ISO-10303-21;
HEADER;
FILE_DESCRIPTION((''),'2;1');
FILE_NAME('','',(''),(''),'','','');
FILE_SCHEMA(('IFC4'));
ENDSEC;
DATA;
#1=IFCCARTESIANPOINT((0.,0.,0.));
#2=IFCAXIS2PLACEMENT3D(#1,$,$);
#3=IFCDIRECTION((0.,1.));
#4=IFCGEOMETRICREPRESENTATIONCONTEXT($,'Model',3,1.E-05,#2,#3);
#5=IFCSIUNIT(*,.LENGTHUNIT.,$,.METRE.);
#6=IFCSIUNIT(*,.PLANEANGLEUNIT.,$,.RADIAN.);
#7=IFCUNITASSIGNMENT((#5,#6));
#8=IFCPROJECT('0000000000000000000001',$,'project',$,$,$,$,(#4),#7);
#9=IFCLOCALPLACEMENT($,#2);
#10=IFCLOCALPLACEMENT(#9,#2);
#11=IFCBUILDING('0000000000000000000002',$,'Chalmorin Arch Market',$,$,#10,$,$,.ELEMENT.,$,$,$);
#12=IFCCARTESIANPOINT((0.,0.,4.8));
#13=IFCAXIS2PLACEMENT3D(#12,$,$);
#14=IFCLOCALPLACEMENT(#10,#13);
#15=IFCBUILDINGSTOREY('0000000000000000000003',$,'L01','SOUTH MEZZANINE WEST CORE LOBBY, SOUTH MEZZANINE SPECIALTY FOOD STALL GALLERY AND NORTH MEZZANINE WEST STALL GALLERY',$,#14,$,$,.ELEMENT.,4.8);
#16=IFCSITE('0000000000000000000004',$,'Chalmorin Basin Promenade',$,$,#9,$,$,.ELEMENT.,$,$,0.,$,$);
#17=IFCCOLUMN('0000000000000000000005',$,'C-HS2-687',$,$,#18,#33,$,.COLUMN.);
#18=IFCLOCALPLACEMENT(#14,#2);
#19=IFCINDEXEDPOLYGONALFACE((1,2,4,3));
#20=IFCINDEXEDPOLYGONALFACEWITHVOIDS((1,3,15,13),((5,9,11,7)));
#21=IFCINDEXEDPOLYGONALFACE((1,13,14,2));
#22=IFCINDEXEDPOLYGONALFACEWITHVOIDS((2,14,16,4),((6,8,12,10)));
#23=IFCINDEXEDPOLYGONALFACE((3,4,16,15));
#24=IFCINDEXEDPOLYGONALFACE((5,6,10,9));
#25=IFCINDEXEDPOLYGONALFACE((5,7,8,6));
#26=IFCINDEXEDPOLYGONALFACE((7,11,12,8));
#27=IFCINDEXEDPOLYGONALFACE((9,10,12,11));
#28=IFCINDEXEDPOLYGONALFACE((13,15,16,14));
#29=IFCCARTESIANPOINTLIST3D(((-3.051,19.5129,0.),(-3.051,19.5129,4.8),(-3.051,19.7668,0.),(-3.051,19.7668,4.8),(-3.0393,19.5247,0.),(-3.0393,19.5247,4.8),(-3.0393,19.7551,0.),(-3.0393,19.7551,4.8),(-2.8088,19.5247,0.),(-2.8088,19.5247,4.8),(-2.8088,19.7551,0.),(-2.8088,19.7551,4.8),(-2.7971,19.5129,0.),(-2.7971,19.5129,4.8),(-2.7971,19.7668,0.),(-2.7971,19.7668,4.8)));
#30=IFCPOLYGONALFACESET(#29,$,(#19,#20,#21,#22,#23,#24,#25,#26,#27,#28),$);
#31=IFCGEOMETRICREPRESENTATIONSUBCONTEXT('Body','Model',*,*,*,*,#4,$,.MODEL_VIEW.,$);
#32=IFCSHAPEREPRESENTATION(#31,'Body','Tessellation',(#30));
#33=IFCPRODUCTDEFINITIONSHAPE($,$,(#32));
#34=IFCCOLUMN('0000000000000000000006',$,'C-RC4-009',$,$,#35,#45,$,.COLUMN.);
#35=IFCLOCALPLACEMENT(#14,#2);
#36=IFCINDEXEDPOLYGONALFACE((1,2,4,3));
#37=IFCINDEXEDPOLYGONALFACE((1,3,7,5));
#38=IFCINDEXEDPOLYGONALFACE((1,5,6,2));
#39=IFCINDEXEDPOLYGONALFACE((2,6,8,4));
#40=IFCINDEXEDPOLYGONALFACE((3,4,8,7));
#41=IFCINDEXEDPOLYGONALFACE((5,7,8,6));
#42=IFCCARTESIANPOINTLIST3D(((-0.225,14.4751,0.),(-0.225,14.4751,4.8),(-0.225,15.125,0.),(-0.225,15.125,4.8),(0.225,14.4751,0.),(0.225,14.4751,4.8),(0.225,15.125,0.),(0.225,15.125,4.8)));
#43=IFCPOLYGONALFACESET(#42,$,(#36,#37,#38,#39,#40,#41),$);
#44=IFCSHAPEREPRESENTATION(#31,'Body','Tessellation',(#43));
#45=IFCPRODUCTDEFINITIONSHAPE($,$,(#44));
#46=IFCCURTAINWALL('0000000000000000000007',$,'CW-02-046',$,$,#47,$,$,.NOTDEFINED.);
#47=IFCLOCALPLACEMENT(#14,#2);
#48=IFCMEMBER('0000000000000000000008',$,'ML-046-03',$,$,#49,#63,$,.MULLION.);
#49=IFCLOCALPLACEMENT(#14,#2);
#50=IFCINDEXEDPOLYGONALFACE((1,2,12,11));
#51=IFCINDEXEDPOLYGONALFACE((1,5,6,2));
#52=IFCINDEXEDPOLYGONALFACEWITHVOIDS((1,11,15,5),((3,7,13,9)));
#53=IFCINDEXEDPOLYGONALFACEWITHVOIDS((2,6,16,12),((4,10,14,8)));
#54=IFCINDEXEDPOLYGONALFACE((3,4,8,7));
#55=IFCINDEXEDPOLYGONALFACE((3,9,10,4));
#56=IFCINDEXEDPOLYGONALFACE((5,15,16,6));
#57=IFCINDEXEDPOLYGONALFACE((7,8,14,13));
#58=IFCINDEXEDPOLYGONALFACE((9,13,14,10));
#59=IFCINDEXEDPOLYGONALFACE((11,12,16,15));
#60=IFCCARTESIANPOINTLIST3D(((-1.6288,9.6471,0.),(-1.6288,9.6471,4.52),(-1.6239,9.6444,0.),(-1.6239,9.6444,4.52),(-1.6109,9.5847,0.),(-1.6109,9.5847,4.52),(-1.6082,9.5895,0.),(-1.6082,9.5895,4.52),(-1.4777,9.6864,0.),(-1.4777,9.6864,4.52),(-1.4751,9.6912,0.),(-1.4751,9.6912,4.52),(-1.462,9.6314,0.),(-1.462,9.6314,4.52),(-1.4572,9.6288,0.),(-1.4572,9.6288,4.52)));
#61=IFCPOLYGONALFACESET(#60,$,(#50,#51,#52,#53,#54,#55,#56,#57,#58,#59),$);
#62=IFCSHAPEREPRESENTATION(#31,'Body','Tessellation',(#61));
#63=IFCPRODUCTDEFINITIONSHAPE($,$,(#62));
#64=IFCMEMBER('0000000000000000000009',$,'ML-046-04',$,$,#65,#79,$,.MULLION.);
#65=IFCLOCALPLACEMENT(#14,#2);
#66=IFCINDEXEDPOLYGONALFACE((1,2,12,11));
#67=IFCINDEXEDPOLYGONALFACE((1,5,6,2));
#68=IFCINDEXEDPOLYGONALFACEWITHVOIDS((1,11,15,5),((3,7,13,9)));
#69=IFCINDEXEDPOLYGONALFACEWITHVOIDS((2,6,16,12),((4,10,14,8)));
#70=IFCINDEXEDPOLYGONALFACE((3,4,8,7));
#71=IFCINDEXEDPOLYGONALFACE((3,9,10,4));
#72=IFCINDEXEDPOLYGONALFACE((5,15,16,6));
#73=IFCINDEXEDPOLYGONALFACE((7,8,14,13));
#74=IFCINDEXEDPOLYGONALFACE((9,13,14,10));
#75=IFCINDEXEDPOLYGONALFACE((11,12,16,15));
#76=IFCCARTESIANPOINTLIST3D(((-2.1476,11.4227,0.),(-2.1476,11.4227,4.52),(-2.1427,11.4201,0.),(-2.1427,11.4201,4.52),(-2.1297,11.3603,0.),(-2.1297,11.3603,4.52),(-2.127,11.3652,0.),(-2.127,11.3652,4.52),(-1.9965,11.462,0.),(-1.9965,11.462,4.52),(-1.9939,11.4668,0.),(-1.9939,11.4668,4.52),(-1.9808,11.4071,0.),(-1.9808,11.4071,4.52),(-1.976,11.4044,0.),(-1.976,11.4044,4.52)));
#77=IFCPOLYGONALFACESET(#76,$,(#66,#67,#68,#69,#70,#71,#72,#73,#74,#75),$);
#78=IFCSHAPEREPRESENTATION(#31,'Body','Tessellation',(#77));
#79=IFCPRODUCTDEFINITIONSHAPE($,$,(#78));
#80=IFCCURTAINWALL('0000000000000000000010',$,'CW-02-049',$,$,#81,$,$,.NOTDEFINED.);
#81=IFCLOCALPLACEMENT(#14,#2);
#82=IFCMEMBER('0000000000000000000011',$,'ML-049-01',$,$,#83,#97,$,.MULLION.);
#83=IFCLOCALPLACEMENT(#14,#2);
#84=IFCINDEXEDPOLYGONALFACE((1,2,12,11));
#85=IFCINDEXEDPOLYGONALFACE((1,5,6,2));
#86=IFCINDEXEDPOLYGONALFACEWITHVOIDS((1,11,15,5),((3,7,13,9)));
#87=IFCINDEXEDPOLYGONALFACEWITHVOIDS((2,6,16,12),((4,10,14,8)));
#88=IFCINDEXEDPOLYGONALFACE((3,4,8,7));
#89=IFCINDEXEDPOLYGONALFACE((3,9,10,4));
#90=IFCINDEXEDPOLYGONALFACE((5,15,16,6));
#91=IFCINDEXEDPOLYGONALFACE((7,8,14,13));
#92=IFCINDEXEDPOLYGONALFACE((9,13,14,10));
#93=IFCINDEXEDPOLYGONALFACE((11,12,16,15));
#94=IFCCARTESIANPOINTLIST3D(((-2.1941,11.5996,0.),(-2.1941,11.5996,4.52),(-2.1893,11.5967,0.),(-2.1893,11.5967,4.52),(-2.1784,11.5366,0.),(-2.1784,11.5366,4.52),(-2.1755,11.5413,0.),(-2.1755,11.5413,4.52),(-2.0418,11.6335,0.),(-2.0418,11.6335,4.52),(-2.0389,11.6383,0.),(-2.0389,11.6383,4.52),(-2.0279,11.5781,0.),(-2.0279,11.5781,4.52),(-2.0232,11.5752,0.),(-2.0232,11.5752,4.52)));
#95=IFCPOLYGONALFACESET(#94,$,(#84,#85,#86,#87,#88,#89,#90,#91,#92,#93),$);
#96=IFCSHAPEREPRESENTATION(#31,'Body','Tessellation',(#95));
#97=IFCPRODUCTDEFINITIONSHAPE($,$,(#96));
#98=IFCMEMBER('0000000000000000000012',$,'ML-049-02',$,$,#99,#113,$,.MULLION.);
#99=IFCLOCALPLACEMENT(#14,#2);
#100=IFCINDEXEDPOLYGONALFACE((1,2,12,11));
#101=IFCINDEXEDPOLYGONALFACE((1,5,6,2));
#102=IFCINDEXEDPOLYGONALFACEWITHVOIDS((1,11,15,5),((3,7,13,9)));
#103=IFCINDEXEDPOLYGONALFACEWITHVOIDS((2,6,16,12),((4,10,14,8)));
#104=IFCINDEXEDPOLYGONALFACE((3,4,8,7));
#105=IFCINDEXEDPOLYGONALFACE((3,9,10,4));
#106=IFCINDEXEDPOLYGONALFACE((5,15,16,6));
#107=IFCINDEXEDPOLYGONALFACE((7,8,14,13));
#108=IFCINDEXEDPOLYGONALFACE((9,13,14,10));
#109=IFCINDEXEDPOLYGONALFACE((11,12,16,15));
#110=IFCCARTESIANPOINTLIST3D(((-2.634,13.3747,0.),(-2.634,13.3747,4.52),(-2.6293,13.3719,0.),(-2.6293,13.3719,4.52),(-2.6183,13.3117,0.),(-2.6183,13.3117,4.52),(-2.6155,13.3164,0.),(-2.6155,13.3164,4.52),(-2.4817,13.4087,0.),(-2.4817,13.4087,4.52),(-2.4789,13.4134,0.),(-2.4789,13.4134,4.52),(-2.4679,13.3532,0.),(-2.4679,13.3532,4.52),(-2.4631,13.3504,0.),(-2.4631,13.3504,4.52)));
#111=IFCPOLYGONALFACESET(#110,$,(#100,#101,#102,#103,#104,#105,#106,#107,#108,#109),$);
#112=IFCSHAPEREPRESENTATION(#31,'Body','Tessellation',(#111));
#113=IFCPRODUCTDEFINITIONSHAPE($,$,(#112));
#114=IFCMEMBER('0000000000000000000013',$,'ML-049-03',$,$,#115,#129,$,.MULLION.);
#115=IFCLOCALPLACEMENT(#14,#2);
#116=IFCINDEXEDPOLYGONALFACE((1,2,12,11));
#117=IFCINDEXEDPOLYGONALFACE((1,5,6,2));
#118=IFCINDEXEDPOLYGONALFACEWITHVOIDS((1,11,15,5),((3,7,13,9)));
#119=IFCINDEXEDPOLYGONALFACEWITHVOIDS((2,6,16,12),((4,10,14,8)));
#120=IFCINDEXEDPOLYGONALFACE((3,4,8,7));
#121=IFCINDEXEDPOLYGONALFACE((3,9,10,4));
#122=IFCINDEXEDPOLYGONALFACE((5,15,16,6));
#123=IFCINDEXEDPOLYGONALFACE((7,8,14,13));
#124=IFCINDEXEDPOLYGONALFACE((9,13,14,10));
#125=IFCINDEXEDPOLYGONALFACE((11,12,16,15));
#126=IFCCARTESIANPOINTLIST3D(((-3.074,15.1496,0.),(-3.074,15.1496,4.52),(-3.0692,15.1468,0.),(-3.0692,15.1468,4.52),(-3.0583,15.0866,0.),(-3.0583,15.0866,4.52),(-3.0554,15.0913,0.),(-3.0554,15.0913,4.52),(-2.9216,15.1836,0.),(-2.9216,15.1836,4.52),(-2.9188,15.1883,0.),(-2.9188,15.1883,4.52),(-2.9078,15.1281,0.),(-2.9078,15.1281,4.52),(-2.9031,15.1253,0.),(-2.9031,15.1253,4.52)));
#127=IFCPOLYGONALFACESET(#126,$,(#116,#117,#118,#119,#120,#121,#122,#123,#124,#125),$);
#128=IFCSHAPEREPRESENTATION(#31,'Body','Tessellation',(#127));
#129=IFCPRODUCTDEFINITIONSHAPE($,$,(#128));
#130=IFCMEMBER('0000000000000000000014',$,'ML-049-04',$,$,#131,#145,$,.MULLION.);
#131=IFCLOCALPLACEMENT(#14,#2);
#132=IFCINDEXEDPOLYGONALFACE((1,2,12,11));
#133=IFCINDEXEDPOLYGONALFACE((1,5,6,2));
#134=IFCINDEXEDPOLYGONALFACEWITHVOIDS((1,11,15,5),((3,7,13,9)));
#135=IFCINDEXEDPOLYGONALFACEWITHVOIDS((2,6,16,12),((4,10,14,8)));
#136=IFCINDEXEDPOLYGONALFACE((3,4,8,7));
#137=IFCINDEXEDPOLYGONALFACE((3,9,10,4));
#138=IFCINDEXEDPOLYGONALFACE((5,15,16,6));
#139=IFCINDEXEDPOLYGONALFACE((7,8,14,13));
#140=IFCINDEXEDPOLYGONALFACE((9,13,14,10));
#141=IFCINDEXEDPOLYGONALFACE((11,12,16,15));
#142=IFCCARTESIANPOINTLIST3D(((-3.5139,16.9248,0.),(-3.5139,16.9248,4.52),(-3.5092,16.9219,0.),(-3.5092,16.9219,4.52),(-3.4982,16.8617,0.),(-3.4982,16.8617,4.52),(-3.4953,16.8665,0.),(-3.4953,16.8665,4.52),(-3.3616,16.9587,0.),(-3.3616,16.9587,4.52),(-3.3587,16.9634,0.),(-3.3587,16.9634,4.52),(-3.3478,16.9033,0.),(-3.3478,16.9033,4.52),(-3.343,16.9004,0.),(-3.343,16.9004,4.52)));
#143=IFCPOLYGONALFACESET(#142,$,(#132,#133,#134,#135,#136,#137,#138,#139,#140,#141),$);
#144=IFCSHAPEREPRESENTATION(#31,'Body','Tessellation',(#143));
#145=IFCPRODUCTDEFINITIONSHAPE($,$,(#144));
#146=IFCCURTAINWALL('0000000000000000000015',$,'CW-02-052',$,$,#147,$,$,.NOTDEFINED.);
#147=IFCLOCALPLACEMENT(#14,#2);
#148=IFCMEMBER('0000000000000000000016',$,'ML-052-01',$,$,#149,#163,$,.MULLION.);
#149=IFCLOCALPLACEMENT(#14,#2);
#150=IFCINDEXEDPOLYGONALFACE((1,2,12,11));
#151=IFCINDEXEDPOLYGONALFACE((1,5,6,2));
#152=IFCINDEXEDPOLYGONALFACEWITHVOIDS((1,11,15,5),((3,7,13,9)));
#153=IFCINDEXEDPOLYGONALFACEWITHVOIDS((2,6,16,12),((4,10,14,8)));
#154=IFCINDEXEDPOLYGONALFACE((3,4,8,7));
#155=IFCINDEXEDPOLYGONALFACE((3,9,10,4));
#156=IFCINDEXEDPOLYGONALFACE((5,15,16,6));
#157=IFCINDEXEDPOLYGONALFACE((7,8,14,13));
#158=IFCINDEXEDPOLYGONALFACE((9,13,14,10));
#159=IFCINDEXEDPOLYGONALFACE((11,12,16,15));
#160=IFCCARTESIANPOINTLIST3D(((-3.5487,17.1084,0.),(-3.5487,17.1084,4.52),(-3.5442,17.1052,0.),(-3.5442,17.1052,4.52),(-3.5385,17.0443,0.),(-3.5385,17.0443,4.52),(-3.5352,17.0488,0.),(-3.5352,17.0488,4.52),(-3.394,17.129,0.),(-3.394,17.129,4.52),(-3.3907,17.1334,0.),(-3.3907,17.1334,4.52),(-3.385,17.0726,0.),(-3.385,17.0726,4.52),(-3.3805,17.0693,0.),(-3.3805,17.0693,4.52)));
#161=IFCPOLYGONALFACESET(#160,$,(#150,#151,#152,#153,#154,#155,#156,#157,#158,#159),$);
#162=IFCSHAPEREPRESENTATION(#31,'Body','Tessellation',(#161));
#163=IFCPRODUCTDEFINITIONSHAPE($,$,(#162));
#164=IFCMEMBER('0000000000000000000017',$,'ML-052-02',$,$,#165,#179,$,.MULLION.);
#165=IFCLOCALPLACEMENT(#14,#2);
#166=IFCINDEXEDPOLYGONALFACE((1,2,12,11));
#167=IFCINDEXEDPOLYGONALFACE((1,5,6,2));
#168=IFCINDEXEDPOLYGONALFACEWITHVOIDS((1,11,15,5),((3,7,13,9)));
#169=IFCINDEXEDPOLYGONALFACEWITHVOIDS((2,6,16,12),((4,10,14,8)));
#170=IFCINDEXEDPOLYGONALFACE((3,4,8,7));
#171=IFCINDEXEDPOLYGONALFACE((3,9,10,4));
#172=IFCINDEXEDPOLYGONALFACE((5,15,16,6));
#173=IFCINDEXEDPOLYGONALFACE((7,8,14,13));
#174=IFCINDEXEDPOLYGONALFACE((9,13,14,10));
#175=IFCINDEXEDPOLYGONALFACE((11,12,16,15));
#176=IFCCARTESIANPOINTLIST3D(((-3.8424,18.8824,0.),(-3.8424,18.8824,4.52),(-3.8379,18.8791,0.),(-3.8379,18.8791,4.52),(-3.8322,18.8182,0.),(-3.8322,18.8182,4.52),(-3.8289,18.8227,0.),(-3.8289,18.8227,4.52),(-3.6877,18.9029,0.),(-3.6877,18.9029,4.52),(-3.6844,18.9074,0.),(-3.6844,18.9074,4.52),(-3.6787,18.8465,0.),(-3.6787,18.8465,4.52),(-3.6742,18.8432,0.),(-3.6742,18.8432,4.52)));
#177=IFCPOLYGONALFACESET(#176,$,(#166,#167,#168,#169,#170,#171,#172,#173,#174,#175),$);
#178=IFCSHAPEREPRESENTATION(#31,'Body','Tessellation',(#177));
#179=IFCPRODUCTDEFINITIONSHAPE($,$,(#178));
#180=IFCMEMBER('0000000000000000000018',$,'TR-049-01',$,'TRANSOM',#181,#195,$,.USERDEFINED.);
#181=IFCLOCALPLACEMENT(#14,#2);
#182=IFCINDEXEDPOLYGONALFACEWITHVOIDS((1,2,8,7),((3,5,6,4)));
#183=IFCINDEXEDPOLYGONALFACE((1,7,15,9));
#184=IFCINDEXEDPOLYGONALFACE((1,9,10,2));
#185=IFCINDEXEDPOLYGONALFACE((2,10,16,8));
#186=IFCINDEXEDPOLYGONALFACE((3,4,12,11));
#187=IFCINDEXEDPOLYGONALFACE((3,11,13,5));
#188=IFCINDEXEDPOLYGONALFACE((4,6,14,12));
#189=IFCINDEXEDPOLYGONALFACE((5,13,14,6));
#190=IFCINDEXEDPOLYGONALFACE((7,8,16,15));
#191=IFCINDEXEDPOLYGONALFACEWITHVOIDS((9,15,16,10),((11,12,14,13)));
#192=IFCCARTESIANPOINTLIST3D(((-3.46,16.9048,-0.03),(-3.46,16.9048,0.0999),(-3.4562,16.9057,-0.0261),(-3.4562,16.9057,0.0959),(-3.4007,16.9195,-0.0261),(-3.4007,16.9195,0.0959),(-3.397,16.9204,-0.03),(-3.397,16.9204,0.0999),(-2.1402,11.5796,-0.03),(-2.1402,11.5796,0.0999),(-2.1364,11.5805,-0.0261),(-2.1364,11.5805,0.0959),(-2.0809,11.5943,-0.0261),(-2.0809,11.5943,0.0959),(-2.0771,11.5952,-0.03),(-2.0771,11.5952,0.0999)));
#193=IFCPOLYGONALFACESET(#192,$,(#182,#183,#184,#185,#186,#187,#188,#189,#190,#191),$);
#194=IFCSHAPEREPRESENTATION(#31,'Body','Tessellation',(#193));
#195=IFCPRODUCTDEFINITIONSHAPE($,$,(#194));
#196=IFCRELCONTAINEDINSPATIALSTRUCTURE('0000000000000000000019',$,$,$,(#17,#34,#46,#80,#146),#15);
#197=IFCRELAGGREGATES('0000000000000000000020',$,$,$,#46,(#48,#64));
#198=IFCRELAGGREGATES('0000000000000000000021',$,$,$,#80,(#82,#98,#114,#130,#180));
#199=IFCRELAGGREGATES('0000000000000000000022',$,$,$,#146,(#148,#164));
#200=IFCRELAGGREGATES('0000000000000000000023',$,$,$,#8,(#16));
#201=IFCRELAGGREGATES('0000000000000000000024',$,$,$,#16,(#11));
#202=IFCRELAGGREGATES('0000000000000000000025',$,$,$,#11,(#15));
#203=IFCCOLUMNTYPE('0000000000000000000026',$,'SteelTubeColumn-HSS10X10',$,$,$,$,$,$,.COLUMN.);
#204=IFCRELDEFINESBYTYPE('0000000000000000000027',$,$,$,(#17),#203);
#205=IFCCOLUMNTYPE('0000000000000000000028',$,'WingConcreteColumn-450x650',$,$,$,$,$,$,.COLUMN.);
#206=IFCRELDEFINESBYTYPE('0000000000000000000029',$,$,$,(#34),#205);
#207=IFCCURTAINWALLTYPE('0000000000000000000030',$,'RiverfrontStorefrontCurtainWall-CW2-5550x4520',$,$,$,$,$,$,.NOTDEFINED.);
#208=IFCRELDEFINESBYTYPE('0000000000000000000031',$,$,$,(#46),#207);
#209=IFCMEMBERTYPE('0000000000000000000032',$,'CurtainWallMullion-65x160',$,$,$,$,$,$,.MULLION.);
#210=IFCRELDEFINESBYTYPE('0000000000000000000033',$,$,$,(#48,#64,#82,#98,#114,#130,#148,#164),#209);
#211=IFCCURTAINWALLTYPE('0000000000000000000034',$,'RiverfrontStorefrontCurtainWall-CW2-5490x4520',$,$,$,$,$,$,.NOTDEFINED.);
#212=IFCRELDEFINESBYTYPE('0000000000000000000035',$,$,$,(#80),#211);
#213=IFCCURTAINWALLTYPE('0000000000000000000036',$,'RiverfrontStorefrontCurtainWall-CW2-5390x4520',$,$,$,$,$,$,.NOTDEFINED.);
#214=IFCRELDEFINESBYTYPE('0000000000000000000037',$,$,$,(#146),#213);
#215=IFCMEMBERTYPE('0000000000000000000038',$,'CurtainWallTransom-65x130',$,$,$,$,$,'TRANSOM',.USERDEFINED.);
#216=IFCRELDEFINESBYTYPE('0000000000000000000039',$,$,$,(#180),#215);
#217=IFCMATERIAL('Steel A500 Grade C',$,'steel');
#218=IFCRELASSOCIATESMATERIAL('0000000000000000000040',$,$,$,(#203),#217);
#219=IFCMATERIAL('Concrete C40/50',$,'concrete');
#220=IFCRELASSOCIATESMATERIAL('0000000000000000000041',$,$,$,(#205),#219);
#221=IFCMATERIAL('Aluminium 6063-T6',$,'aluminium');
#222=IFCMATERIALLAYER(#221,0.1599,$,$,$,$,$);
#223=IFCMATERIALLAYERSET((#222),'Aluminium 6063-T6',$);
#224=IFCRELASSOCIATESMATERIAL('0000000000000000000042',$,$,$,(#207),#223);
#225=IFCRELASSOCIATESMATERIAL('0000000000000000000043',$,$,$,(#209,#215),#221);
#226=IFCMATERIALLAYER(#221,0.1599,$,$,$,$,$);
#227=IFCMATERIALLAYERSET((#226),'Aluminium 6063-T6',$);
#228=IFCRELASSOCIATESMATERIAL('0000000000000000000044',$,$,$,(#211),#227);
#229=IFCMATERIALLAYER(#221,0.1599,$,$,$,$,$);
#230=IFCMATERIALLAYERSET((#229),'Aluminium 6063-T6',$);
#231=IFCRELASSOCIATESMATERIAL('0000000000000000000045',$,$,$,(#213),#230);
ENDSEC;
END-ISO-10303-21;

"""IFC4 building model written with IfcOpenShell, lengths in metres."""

from ifc_helpers import new_model, si_unit, direction, frame, origin, origin_2d, place, context, subcontext, project, spatial, rectangle, hollow_rectangle, extrude, material, layer, layer_set, material_profile, profile_set, type_object, element, aggregate, save


model = new_model("IFC4")

# Units and contexts
model_context = context("Model", 3, precision=1e-05, world=origin(), true_north=direction((0.0, 1.0)))
body_context = subcontext(model_context, "Body", "Model", "MODEL_VIEW")
ifc_project = project(units=[si_unit("LENGTHUNIT", "METRE"), si_unit("PLANEANGLEUNIT", "RADIAN")], contexts=[model_context])

# Site, building, storey
site_placement = place(None, origin())
site = spatial("IfcSite", under=ifc_project, at=site_placement, Name="Chalmorin Basin Promenade", CompositionType="ELEMENT", RefElevation=0.0)
building_placement = place(site_placement, origin())
building = spatial("IfcBuilding", under=site, at=building_placement, Name="Chalmorin Arch Market", CompositionType="ELEMENT")
storey_placement = place(building_placement, frame((0.0, 0.0, 4.8)))
storey = spatial("IfcBuildingStorey", under=building, at=storey_placement, Name="L01", Description="SOUTH MEZZANINE WEST CORE LOBBY, SOUTH MEZZANINE SPECIALTY FOOD STALL GALLERY AND NORTH MEZZANINE WEST STALL GALLERY", CompositionType="ELEMENT", Elevation=4.8)

# Columns
ifc_material_1 = material(Name="Steel A500 Grade C", Category="steel")
ifc_material_profile_1 = material_profile(ifc_material_1, hollow_rectangle(XDim=0.2539, YDim=0.2539, WallThickness=0.0117, at=origin_2d()), Name="HSS10X10X1/2")
ifc_profile_set_1 = profile_set([ifc_material_profile_1], Name="Steel A500 Grade C")
column_type_1 = type_object("IfcColumnType", Name="SteelTubeColumn-HSS10X10", PredefinedType="COLUMN", material=ifc_profile_set_1)
column_1_placement = place(storey_placement, frame((-2.9241, 19.6399, 0.0), z_axis=(0.0, 0.0, 1.0), x_axis=(1.0, 0.0, 0.0)))
element("IfcColumn", 1, at=column_1_placement, inside=storey, type_object=column_type_1, Name="C-HS2-687", PredefinedType="COLUMN", context=body_context, shape_type="SweptSolid", body=[
    extrude(hollow_rectangle(XDim=0.2539, YDim=0.2539, WallThickness=0.0117, at=origin_2d()), origin(), (0.0, 0.0, 1.0), 4.8),
])
ifc_material_2 = material(Name="Concrete C40/50", Category="concrete")
ifc_material_profile_2 = material_profile(ifc_material_2, rectangle(XDim=0.45, YDim=0.6499, at=origin_2d()), Name="RC450X650")
ifc_profile_set_2 = profile_set([ifc_material_profile_2], Name="Concrete C40/50")
column_type_2 = type_object("IfcColumnType", Name="WingConcreteColumn-450x650", PredefinedType="COLUMN", material=ifc_profile_set_2)
column_2_placement = place(storey_placement, frame((0.0, 14.8, 0.0), z_axis=(0.0, 0.0, 1.0), x_axis=(1.0, 0.0, 0.0)))
element("IfcColumn", 2, at=column_2_placement, inside=storey, type_object=column_type_2, Name="C-RC4-009", PredefinedType="COLUMN", context=body_context, shape_type="SweptSolid", body=[
    extrude(rectangle(XDim=0.45, YDim=0.6499, at=origin_2d()), origin(), (0.0, 0.0, 1.0), 4.8),
])

# Curtain walls, members
ifc_material_3 = material(Name="Aluminium 6063-T6", Category="aluminium")
ifc_layer_1 = layer(ifc_material_3, 0.1599)
ifc_layer_set_1 = layer_set([ifc_layer_1], Name="Aluminium 6063-T6")
curtain_wall_type_1 = type_object("IfcCurtainWallType", Name="RiverfrontStorefrontCurtainWall-CW2-5550x4520", PredefinedType="NOTDEFINED", material=ifc_layer_set_1)
curtain_wall_1_placement = place(storey_placement, origin())
curtain_wall_1 = element("IfcCurtainWall", 3, at=curtain_wall_1_placement, inside=storey, type_object=curtain_wall_type_1, Name="CW-02-046", PredefinedType="NOTDEFINED")
ifc_material_profile_3 = material_profile(ifc_material_3, hollow_rectangle(XDim=0.0649, YDim=0.1599, WallThickness=0.0039, at=origin_2d()), Name="ALU65X160X4")
ifc_profile_set_3 = profile_set([ifc_material_profile_3], Name="Aluminium 6063-T6")
member_type_1 = type_object("IfcMemberType", Name="CurtainWallMullion-65x160", PredefinedType="MULLION", material=ifc_profile_set_3)
member_1_placement = place(storey_placement, frame((-1.543, 9.6379, 0.0), z_axis=(0.0, 0.0, 1.0), x_axis=(-0.275637, 0.961262, 0.0)))
member_1 = element("IfcMember", 4, at=member_1_placement, type_object=member_type_1, Name="ML-046-03", PredefinedType="MULLION", context=body_context, shape_type="SweptSolid", body=[
    extrude(hollow_rectangle(XDim=0.0649, YDim=0.1599, WallThickness=0.0039, at=origin_2d()), origin(), (0.0, 0.0, 1.0), 4.52),
])
member_2_placement = place(storey_placement, frame((-2.0618, 11.4136, 0.0), z_axis=(0.0, 0.0, 1.0), x_axis=(-0.275637, 0.961262, 0.0)))
member_2 = element("IfcMember", 5, at=member_2_placement, type_object=member_type_1, Name="ML-046-04", PredefinedType="MULLION", context=body_context, shape_type="SweptSolid", body=[
    extrude(hollow_rectangle(XDim=0.0649, YDim=0.1599, WallThickness=0.0039, at=origin_2d()), origin(), (0.0, 0.0, 1.0), 4.52),
])
ifc_layer_2 = layer(ifc_material_3, 0.1599)
ifc_layer_set_2 = layer_set([ifc_layer_2], Name="Aluminium 6063-T6")
curtain_wall_type_2 = type_object("IfcCurtainWallType", Name="RiverfrontStorefrontCurtainWall-CW2-5490x4520", PredefinedType="NOTDEFINED", material=ifc_layer_set_2)
curtain_wall_2_placement = place(storey_placement, origin())
curtain_wall_2 = element("IfcCurtainWall", 6, at=curtain_wall_2_placement, inside=storey, type_object=curtain_wall_type_2, Name="CW-02-049", PredefinedType="NOTDEFINED")
member_3_placement = place(storey_placement, frame((-2.1086, 11.5874, 0.0), z_axis=(0.0, 0.0, 1.0), x_axis=(-0.241922, 0.970296, 0.0)))
member_3 = element("IfcMember", 7, at=member_3_placement, type_object=member_type_1, Name="ML-049-01", PredefinedType="MULLION", context=body_context, shape_type="SweptSolid", body=[
    extrude(hollow_rectangle(XDim=0.0649, YDim=0.1599, WallThickness=0.0039, at=origin_2d()), origin(), (0.0, 0.0, 1.0), 4.52),
])
member_4_placement = place(storey_placement, frame((-2.5486, 13.3625, 0.0), z_axis=(0.0, 0.0, 1.0), x_axis=(-0.241922, 0.970296, 0.0)))
member_4 = element("IfcMember", 8, at=member_4_placement, type_object=member_type_1, Name="ML-049-02", PredefinedType="MULLION", context=body_context, shape_type="SweptSolid", body=[
    extrude(hollow_rectangle(XDim=0.0649, YDim=0.1599, WallThickness=0.0039, at=origin_2d()), origin(), (0.0, 0.0, 1.0), 4.52),
])
member_5_placement = place(storey_placement, frame((-2.9885, 15.1375, 0.0), z_axis=(0.0, 0.0, 1.0), x_axis=(-0.241922, 0.970296, 0.0)))
member_5 = element("IfcMember", 9, at=member_5_placement, type_object=member_type_1, Name="ML-049-03", PredefinedType="MULLION", context=body_context, shape_type="SweptSolid", body=[
    extrude(hollow_rectangle(XDim=0.0649, YDim=0.1599, WallThickness=0.0039, at=origin_2d()), origin(), (0.0, 0.0, 1.0), 4.52),
])
member_6_placement = place(storey_placement, frame((-3.4285, 16.9126, 0.0), z_axis=(0.0, 0.0, 1.0), x_axis=(-0.241922, 0.970296, 0.0)))
member_6 = element("IfcMember", 10, at=member_6_placement, type_object=member_type_1, Name="ML-049-04", PredefinedType="MULLION", context=body_context, shape_type="SweptSolid", body=[
    extrude(hollow_rectangle(XDim=0.0649, YDim=0.1599, WallThickness=0.0039, at=origin_2d()), origin(), (0.0, 0.0, 1.0), 4.52),
])
ifc_layer_3 = layer(ifc_material_3, 0.1599)
ifc_layer_set_3 = layer_set([ifc_layer_3], Name="Aluminium 6063-T6")
curtain_wall_type_3 = type_object("IfcCurtainWallType", Name="RiverfrontStorefrontCurtainWall-CW2-5390x4520", PredefinedType="NOTDEFINED", material=ifc_layer_set_3)
curtain_wall_3_placement = place(storey_placement, origin())
curtain_wall_3 = element("IfcCurtainWall", 11, at=curtain_wall_3_placement, inside=storey, type_object=curtain_wall_type_3, Name="CW-02-052", PredefinedType="NOTDEFINED")
member_7_placement = place(storey_placement, frame((-3.4646, 17.0889, 0.0), z_axis=(0.0, 0.0, 1.0), x_axis=(-0.156434, 0.987688, 0.0)))
member_7 = element("IfcMember", 12, at=member_7_placement, type_object=member_type_1, Name="ML-052-01", PredefinedType="MULLION", context=body_context, shape_type="SweptSolid", body=[
    extrude(hollow_rectangle(XDim=0.0649, YDim=0.1599, WallThickness=0.0039, at=origin_2d()), origin(), (0.0, 0.0, 1.0), 4.52),
])
member_8_placement = place(storey_placement, frame((-3.7583, 18.8628, 0.0), z_axis=(0.0, 0.0, 1.0), x_axis=(-0.156434, 0.987688, 0.0)))
member_8 = element("IfcMember", 13, at=member_8_placement, type_object=member_type_1, Name="ML-052-02", PredefinedType="MULLION", context=body_context, shape_type="SweptSolid", body=[
    extrude(hollow_rectangle(XDim=0.0649, YDim=0.1599, WallThickness=0.0039, at=origin_2d()), origin(), (0.0, 0.0, 1.0), 4.52),
])

# Member
ifc_material_profile_4 = material_profile(ifc_material_3, hollow_rectangle(XDim=0.0649, YDim=0.1299, WallThickness=0.0039, at=origin_2d()), Name="ALU65X130X4")
ifc_profile_set_4 = profile_set([ifc_material_profile_4], Name="Aluminium 6063-T6")
member_type_2 = type_object("IfcMemberType", Name="CurtainWallTransom-65x130", ElementType="TRANSOM", PredefinedType="USERDEFINED", material=ifc_profile_set_4)
member_9_placement = place(storey_placement, frame((-2.1086, 11.5874, 0.0349), z_axis=(-0.240567, 0.970633, 0.0), x_axis=(-0.970633, -0.240567, 0.0)))
member_9 = element("IfcMember", 14, at=member_9_placement, type_object=member_type_2, Name="TR-049-01", ObjectType="TRANSOM", PredefinedType="USERDEFINED", context=body_context, shape_type="SweptSolid", body=[
    extrude(hollow_rectangle(XDim=0.0649, YDim=0.1299, WallThickness=0.0039, at=origin_2d()), origin(), (0.0, 0.0, 1.0), 5.4863),
])

aggregate(curtain_wall_1, [member_1, member_2])
aggregate(curtain_wall_2, [member_3, member_4, member_5, member_6, member_9])
aggregate(curtain_wall_3, [member_7, member_8])

save(model, "model.ifc")
